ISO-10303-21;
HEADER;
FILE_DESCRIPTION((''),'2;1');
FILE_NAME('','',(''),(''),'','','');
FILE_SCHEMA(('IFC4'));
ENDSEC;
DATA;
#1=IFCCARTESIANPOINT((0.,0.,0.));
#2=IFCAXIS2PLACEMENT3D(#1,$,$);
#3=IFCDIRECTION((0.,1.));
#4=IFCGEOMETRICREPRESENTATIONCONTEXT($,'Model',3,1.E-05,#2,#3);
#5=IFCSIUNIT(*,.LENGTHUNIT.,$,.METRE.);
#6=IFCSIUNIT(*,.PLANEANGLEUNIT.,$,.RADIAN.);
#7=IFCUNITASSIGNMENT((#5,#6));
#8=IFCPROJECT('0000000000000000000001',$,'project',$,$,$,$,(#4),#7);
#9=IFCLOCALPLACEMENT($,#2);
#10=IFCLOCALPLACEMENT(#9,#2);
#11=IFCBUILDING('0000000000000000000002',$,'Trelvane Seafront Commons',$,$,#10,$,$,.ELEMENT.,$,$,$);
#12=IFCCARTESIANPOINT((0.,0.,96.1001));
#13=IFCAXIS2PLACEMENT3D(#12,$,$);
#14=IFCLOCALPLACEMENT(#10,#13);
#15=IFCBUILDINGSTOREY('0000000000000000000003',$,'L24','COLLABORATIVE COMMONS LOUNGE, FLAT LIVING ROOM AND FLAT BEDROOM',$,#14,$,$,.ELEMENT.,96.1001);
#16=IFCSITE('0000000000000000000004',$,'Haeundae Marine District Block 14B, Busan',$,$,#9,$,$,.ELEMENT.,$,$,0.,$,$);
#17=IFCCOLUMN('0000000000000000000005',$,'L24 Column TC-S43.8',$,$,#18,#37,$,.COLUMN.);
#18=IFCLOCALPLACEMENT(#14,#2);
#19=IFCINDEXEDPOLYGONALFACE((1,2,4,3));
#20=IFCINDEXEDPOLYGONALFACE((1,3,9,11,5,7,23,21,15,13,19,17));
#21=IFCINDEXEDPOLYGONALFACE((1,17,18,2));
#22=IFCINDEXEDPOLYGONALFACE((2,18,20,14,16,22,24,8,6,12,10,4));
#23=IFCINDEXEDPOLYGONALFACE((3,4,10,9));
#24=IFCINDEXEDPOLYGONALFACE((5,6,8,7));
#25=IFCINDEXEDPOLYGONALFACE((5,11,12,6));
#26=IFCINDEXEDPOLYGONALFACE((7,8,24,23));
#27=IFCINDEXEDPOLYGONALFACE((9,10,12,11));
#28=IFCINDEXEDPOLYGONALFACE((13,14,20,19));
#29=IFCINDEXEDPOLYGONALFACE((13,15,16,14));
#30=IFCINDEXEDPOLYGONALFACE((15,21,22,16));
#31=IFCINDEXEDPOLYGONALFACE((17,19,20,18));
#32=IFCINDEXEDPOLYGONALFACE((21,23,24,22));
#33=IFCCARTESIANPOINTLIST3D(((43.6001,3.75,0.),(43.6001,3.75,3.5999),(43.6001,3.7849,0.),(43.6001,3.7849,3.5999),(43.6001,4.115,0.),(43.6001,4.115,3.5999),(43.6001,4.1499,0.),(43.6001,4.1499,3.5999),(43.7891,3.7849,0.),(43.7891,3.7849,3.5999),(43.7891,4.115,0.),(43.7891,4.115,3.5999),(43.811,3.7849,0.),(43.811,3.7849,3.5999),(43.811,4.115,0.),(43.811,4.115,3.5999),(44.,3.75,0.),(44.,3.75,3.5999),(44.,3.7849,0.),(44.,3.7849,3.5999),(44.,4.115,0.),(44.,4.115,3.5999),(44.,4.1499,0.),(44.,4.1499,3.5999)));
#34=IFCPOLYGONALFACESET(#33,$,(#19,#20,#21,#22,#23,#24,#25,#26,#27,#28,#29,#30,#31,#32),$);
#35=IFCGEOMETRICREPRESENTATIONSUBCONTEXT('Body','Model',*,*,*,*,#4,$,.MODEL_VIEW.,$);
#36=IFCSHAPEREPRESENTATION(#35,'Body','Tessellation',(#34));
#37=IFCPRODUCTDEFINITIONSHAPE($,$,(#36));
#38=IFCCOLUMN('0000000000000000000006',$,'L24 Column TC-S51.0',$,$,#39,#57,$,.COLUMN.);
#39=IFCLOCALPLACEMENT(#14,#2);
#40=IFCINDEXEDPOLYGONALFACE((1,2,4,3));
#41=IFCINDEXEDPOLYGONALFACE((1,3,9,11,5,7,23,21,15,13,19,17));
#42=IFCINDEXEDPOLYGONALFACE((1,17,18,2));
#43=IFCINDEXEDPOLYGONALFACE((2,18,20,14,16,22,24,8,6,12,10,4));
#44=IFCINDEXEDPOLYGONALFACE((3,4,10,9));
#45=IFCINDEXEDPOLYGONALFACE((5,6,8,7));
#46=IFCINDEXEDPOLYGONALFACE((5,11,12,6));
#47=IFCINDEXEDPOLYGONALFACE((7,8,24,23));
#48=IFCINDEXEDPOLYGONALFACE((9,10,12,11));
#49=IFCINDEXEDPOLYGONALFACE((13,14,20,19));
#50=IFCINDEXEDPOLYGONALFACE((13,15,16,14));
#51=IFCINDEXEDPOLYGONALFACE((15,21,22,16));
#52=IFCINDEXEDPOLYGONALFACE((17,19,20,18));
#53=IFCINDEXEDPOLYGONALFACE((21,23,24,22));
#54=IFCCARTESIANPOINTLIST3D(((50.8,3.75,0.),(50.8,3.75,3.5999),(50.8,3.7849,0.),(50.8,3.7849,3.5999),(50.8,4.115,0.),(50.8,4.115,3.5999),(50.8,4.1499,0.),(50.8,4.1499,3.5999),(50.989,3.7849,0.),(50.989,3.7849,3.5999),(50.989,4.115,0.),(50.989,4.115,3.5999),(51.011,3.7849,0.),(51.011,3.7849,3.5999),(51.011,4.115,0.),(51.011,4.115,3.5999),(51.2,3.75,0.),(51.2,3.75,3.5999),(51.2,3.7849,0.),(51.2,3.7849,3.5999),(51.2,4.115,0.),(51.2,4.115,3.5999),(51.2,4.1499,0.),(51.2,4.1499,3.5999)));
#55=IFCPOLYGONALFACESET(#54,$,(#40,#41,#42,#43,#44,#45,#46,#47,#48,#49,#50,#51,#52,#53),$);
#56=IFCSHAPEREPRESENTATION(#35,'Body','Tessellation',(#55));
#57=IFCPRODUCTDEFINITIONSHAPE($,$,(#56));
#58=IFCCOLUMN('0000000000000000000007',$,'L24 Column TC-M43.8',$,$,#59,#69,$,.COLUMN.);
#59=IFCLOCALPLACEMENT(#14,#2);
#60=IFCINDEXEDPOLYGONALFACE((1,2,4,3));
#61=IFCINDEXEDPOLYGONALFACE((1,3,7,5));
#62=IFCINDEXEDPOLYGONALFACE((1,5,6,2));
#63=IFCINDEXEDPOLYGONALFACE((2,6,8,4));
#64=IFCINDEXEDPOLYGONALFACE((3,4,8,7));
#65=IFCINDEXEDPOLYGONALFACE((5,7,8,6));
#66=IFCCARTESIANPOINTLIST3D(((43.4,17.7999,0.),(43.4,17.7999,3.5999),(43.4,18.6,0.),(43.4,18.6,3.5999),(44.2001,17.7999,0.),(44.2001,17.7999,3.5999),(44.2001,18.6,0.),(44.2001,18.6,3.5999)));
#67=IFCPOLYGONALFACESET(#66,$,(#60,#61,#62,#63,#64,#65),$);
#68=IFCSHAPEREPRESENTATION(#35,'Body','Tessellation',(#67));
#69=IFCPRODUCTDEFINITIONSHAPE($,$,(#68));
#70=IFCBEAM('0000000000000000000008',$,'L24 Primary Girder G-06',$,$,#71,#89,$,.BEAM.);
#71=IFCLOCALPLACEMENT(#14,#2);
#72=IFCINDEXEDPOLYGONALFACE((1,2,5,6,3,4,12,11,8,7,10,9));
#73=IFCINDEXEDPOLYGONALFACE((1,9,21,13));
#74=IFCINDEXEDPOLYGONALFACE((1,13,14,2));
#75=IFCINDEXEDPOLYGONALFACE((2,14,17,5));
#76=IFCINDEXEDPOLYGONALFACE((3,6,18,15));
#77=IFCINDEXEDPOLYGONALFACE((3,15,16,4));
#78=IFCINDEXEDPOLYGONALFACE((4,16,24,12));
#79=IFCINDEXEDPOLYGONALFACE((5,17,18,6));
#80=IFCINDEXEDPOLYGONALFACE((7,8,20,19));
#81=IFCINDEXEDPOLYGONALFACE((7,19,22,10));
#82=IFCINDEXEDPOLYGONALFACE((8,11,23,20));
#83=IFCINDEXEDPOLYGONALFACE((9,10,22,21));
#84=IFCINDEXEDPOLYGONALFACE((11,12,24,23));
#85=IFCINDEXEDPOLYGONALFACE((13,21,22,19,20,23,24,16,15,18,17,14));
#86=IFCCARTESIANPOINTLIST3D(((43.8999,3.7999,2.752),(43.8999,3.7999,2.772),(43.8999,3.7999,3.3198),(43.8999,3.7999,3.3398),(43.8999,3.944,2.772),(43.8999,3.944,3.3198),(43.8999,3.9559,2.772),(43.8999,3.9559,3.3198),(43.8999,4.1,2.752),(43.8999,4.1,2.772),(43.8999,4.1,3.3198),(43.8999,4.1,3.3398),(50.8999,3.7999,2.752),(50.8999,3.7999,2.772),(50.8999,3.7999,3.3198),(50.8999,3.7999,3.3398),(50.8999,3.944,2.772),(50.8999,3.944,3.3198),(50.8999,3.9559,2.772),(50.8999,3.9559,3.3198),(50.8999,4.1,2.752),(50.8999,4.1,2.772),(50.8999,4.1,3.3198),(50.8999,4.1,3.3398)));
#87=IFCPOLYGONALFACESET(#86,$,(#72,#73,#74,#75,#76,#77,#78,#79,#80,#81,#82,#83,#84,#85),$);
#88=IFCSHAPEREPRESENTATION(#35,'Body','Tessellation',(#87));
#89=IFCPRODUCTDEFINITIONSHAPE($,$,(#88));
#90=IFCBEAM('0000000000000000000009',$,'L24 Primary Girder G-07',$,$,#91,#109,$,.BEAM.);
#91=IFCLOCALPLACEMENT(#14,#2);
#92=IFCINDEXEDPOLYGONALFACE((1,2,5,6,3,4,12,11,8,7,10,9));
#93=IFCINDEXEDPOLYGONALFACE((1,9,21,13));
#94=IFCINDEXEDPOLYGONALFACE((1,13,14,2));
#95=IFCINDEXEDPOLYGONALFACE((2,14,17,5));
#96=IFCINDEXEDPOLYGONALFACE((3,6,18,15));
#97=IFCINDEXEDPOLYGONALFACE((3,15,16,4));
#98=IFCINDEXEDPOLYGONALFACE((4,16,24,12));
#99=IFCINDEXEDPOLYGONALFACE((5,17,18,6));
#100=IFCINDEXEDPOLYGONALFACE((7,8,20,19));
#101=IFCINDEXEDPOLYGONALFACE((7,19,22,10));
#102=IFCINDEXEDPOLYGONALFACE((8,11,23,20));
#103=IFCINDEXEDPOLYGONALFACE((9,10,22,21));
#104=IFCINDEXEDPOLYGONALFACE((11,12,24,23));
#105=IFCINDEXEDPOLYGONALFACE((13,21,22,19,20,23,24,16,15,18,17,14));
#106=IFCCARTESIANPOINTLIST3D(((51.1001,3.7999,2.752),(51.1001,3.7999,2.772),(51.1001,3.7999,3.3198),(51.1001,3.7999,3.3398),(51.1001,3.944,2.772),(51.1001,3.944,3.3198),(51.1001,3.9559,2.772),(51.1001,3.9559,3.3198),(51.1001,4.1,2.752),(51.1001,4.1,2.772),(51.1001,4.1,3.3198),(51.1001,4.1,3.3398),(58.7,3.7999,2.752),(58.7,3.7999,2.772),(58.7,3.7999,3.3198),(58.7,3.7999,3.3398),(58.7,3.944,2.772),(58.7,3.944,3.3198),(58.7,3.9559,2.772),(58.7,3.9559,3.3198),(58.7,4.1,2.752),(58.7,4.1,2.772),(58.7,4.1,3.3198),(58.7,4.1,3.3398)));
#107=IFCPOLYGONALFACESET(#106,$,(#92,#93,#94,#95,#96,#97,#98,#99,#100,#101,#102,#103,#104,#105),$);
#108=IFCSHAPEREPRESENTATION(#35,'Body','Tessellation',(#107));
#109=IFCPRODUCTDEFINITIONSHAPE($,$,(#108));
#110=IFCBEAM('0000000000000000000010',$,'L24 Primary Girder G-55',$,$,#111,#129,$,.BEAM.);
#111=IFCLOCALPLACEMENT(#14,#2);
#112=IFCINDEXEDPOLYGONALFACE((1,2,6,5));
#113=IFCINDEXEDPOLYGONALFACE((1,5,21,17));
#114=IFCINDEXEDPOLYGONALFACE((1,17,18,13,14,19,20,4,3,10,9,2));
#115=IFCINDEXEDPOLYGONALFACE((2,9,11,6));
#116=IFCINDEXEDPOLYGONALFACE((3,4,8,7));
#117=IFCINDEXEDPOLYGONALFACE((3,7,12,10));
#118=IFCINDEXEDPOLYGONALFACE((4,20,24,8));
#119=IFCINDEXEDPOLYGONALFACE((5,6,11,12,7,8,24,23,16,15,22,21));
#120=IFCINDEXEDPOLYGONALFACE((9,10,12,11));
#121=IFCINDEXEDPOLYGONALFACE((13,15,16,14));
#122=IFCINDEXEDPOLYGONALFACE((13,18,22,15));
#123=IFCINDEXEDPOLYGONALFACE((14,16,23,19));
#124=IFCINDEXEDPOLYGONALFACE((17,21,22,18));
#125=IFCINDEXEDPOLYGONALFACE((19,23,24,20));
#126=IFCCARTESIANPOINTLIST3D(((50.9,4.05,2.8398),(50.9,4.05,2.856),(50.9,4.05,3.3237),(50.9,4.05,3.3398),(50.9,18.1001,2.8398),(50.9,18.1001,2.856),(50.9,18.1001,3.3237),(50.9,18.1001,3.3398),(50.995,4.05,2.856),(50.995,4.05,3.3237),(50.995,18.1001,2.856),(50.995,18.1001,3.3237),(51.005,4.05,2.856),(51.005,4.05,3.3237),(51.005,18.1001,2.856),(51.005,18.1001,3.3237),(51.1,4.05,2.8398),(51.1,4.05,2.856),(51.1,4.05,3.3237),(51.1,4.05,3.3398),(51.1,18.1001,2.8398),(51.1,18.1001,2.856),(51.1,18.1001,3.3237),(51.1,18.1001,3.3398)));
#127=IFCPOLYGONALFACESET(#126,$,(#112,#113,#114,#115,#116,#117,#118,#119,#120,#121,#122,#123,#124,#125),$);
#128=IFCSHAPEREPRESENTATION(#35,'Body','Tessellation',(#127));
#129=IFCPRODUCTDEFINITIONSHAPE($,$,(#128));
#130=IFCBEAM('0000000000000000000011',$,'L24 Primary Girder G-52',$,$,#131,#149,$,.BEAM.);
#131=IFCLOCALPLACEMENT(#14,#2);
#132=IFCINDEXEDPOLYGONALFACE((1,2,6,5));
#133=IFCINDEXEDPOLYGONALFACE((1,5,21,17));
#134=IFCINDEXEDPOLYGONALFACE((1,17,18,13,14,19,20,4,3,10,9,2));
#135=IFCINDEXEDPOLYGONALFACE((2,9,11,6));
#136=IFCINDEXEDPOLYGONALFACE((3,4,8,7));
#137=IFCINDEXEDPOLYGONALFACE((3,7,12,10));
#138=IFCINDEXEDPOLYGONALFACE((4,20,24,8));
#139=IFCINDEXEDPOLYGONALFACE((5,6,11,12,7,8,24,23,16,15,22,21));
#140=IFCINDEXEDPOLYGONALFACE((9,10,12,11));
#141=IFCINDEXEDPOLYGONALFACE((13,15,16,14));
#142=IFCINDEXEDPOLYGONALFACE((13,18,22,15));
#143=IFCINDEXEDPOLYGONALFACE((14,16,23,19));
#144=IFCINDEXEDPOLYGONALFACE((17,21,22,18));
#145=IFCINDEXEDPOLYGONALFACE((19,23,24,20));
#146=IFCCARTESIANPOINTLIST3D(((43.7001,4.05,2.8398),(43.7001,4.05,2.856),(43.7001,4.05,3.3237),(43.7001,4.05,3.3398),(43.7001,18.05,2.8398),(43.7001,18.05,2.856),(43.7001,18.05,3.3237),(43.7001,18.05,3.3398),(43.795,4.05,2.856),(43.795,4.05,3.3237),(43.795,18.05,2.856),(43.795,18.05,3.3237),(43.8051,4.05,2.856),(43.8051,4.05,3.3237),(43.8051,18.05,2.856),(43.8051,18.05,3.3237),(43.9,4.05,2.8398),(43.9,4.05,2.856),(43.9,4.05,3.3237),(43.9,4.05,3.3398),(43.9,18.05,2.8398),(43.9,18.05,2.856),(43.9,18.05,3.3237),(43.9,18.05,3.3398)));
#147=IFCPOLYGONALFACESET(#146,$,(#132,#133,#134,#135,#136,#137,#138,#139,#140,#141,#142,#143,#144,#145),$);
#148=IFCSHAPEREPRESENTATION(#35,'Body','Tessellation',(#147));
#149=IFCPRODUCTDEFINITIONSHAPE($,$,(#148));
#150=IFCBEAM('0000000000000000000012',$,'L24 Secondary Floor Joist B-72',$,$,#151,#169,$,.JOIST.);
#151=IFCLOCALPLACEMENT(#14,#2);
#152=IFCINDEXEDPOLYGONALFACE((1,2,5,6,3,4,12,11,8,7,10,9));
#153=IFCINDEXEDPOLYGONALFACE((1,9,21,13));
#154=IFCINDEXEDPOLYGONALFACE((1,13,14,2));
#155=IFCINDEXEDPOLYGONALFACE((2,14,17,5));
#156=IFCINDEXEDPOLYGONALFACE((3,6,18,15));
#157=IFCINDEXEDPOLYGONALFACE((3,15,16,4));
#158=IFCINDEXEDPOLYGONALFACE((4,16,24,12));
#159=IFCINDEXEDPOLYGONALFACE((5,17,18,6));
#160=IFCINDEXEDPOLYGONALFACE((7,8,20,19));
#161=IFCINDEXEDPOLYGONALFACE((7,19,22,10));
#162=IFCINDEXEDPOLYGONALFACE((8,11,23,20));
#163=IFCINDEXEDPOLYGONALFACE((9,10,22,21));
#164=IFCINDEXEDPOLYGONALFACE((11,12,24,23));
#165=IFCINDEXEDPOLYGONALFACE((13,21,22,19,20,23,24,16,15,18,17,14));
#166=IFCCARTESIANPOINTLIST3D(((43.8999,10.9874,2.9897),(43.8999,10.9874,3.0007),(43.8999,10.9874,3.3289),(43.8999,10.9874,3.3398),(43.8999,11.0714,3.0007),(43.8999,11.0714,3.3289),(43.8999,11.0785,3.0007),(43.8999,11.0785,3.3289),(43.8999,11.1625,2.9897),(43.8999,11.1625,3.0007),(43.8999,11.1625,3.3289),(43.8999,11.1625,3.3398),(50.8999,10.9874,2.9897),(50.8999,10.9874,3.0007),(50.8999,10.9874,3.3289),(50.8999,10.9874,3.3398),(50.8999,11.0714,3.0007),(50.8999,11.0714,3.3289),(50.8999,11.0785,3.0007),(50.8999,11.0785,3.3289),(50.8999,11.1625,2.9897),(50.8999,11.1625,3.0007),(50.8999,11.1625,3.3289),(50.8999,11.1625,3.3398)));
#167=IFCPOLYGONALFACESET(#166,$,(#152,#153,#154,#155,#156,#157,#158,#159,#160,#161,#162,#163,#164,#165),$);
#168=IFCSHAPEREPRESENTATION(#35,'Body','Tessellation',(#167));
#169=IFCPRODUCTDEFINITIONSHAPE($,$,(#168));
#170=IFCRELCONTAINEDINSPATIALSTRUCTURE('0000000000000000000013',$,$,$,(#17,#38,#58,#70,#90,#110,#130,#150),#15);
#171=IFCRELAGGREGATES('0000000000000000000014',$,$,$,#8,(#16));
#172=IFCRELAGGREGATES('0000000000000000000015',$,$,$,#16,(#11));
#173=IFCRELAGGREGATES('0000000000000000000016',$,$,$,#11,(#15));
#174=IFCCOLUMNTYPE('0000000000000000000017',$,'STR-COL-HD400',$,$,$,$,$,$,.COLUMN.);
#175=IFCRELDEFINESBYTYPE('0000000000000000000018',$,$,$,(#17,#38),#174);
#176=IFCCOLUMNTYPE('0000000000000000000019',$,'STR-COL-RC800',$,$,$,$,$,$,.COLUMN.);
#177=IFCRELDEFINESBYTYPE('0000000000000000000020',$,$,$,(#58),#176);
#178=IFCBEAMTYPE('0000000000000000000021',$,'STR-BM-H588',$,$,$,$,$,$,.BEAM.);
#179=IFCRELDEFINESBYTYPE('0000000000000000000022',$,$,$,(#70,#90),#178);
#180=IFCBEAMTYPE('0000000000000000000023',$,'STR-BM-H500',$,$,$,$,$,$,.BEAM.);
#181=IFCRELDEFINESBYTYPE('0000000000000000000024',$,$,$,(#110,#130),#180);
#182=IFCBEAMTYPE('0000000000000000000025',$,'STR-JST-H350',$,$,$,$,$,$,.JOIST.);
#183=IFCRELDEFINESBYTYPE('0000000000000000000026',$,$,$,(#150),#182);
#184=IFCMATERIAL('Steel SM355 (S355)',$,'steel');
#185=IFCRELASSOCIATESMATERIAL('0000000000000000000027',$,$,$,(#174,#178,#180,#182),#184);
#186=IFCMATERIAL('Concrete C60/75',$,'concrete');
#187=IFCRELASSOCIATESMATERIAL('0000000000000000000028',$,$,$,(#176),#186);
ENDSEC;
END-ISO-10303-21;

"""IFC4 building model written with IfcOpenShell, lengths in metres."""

from ifc_helpers import new_model, si_unit, direction, frame, origin, origin_2d, place, context, subcontext, project, spatial, rectangle, i_section, extrude, source, transform, mapped, material, material_profile, profile_set, type_object, element, save


model = new_model("IFC4")

# Units and contexts
model_context = context("Model", 3, precision=1e-05, world=origin(), true_north=direction((0.0, 1.0)))
body_context = subcontext(model_context, "Body", "Model", "MODEL_VIEW")
ifc_project = project(units=[si_unit("LENGTHUNIT", "METRE"), si_unit("PLANEANGLEUNIT", "RADIAN")], contexts=[model_context])

# Site, building, storey
site_placement = place(None, origin())
site = spatial("IfcSite", under=ifc_project, at=site_placement, Name="Haeundae Marine District Block 14B, Busan", CompositionType="ELEMENT", RefElevation=0.0)
building_placement = place(site_placement, origin())
building = spatial("IfcBuilding", under=site, at=building_placement, Name="Trelvane Seafront Commons", CompositionType="ELEMENT")
storey_placement = place(building_placement, frame((0.0, 0.0, 96.1001)))
storey = spatial("IfcBuildingStorey", under=building, at=storey_placement, Name="L24", Description="COLLABORATIVE COMMONS LOUNGE, FLAT LIVING ROOM AND FLAT BEDROOM", CompositionType="ELEMENT", Elevation=96.1001)

# Columns
ifc_material_1 = material(Name="Steel SM355 (S355)", Category="steel")
ifc_material_profile_1 = material_profile(ifc_material_1, i_section(OverallWidth=0.3999, OverallDepth=0.3999, WebThickness=0.022, FlangeThickness=0.0349, at=origin_2d()), Name="HD-400x400x22x35")
ifc_profile_set_1 = profile_set([ifc_material_profile_1], Name="Steel SM355 (S355)")
column_type_1 = type_object("IfcColumnType", Name="STR-COL-HD400", PredefinedType="COLUMN", material=ifc_profile_set_1)
shared_shape_1 = source(origin(), body_context, "Body", "SweptSolid", [
    extrude(i_section(OverallWidth=0.3999, OverallDepth=0.3999, WebThickness=0.022, FlangeThickness=0.0349, at=origin_2d()), origin(), (0.0, 0.0, 1.0), 3.5999),
])
for number, where, z_axis, x_axis, name in (
    (1, (43.8, 3.95, 0.0), (0.0, 0.0, 1.0), (1.0, 0.0, 0.0), "L24 Column TC-S43.8"),
    (2, (51.0, 3.95, 0.0), (0.0, 0.0, 1.0), (1.0, 0.0, 0.0), "L24 Column TC-S51.0"),
):
    element("IfcColumn", number, at=place(storey_placement, frame(where, z_axis=z_axis, x_axis=x_axis)), inside=storey, type_object=column_type_1, Name=name, PredefinedType="COLUMN", context=body_context, shape_type="MappedRepresentation", body=[
        mapped(shared_shape_1, transform((0.0, 0.0, 0.0), x_axis=(1.0, 0.0, 0.0), y_axis=(0.0, 1.0, 0.0), z_axis=(0.0, 0.0, 1.0), scale=1.0)),
    ])
ifc_material_2 = material(Name="Concrete C60/75", Category="concrete")
ifc_material_profile_2 = material_profile(ifc_material_2, rectangle(XDim=0.8, YDim=0.8, at=origin_2d()), Name="RC-800x800")
ifc_profile_set_2 = profile_set([ifc_material_profile_2], Name="Concrete C60/75")
column_type_2 = type_object("IfcColumnType", Name="STR-COL-RC800", PredefinedType="COLUMN", material=ifc_profile_set_2)
shared_shape_2 = source(origin(), body_context, "Body", "SweptSolid", [
    extrude(rectangle(XDim=0.8, YDim=0.8, at=origin_2d()), origin(), (0.0, 0.0, 1.0), 3.5999),
])
column_placement = place(storey_placement, frame((43.8, 18.2, 0.0), z_axis=(0.0, 0.0, 1.0), x_axis=(1.0, 0.0, 0.0)))
element("IfcColumn", 3, at=column_placement, inside=storey, type_object=column_type_2, Name="L24 Column TC-M43.8", PredefinedType="COLUMN", context=body_context, shape_type="MappedRepresentation", body=[
    mapped(shared_shape_2, transform((0.0, 0.0, 0.0), x_axis=(1.0, 0.0, 0.0), y_axis=(0.0, 1.0, 0.0), z_axis=(0.0, 0.0, 1.0), scale=1.0)),
])

# Beams
ifc_material_profile_3 = material_profile(ifc_material_1, i_section(OverallWidth=0.3, OverallDepth=0.5879, WebThickness=0.012, FlangeThickness=0.02, at=origin_2d()), Name="H-588x300x12x20")
ifc_profile_set_3 = profile_set([ifc_material_profile_3], Name="Steel SM355 (S355)")
beam_type_1 = type_object("IfcBeamType", Name="STR-BM-H588", PredefinedType="BEAM", material=ifc_profile_set_3)
shared_shape_3 = source(origin(), body_context, "Body", "SweptSolid", [
    extrude(i_section(OverallWidth=0.3, OverallDepth=0.5879, WebThickness=0.012, FlangeThickness=0.02, at=origin_2d()), origin(), (0.0, 0.0, 1.0), 7.0),
])
beam_1_placement = place(storey_placement, frame((43.8999, 3.95, 3.0459), z_axis=(1.0, 0.0, 0.0), x_axis=(0.0, 1.0, 0.0)))
element("IfcBeam", 4, at=beam_1_placement, inside=storey, type_object=beam_type_1, Name="L24 Primary Girder G-06", PredefinedType="BEAM", context=body_context, shape_type="MappedRepresentation", body=[
    mapped(shared_shape_3, transform((0.0, 0.0, 0.0), x_axis=(1.0, 0.0, 0.0), y_axis=(0.0, 1.0, 0.0), z_axis=(0.0, 0.0, 1.0), scale=1.0)),
])
shared_shape_4 = source(origin(), body_context, "Body", "SweptSolid", [
    extrude(i_section(OverallWidth=0.3, OverallDepth=0.5879, WebThickness=0.012, FlangeThickness=0.02, at=origin_2d()), origin(), (0.0, 0.0, 1.0), 7.5999),
])
beam_2_placement = place(storey_placement, frame((51.1001, 3.95, 3.0459), z_axis=(1.0, 0.0, 0.0), x_axis=(0.0, 1.0, 0.0)))
element("IfcBeam", 5, at=beam_2_placement, inside=storey, type_object=beam_type_1, Name="L24 Primary Girder G-07", PredefinedType="BEAM", context=body_context, shape_type="MappedRepresentation", body=[
    mapped(shared_shape_4, transform((0.0, 0.0, 0.0), x_axis=(1.0, 0.0, 0.0), y_axis=(0.0, 1.0, 0.0), z_axis=(0.0, 0.0, 1.0), scale=1.0)),
])
ifc_material_profile_4 = material_profile(ifc_material_1, i_section(OverallWidth=0.2, OverallDepth=0.5, WebThickness=0.01, FlangeThickness=0.0161, at=origin_2d()), Name="H-500x200x10x16")
ifc_profile_set_4 = profile_set([ifc_material_profile_4], Name="Steel SM355 (S355)")
beam_type_2 = type_object("IfcBeamType", Name="STR-BM-H500", PredefinedType="BEAM", material=ifc_profile_set_4)
shared_shape_5 = source(origin(), body_context, "Body", "SweptSolid", [
    extrude(i_section(OverallWidth=0.2, OverallDepth=0.5, WebThickness=0.01, FlangeThickness=0.0161, at=origin_2d()), origin(), (0.0, 0.0, 1.0), 14.05),
])
beam_3_placement = place(storey_placement, frame((51.0, 4.05, 3.0898), z_axis=(0.0, 1.0, 0.0), x_axis=(-1.0, 0.0, 0.0)))
element("IfcBeam", 6, at=beam_3_placement, inside=storey, type_object=beam_type_2, Name="L24 Primary Girder G-55", PredefinedType="BEAM", context=body_context, shape_type="MappedRepresentation", body=[
    mapped(shared_shape_5, transform((0.0, 0.0, 0.0), x_axis=(1.0, 0.0, 0.0), y_axis=(0.0, 1.0, 0.0), z_axis=(0.0, 0.0, 1.0), scale=1.0)),
])
shared_shape_6 = source(origin(), body_context, "Body", "SweptSolid", [
    extrude(i_section(OverallWidth=0.2, OverallDepth=0.5, WebThickness=0.01, FlangeThickness=0.0161, at=origin_2d()), origin(), (0.0, 0.0, 1.0), 14.0),
])
beam_4_placement = place(storey_placement, frame((43.8, 4.05, 3.0898), z_axis=(0.0, 1.0, 0.0), x_axis=(-1.0, 0.0, 0.0)))
element("IfcBeam", 7, at=beam_4_placement, inside=storey, type_object=beam_type_2, Name="L24 Primary Girder G-52", PredefinedType="BEAM", context=body_context, shape_type="MappedRepresentation", body=[
    mapped(shared_shape_6, transform((0.0, 0.0, 0.0), x_axis=(1.0, 0.0, 0.0), y_axis=(0.0, 1.0, 0.0), z_axis=(0.0, 0.0, 1.0), scale=1.0)),
])
ifc_material_profile_5 = material_profile(ifc_material_1, i_section(OverallWidth=0.175, OverallDepth=0.3501, WebThickness=0.0071, FlangeThickness=0.011, at=origin_2d()), Name="H-350x175x7x11")
ifc_profile_set_5 = profile_set([ifc_material_profile_5], Name="Steel SM355 (S355)")
beam_type_3 = type_object("IfcBeamType", Name="STR-JST-H350", PredefinedType="JOIST", material=ifc_profile_set_5)
shared_shape_7 = source(origin(), body_context, "Body", "SweptSolid", [
    extrude(i_section(OverallWidth=0.175, OverallDepth=0.3501, WebThickness=0.0071, FlangeThickness=0.011, at=origin_2d()), origin(), (0.0, 0.0, 1.0), 7.0),
])
beam_5_placement = place(storey_placement, frame((43.8999, 11.075, 3.1648), z_axis=(1.0, 0.0, 0.0), x_axis=(0.0, 1.0, 0.0)))
element("IfcBeam", 8, at=beam_5_placement, inside=storey, type_object=beam_type_3, Name="L24 Secondary Floor Joist B-72", PredefinedType="JOIST", context=body_context, shape_type="MappedRepresentation", body=[
    mapped(shared_shape_7, transform((0.0, 0.0, 0.0), x_axis=(1.0, 0.0, 0.0), y_axis=(0.0, 1.0, 0.0), z_axis=(0.0, 0.0, 1.0), scale=1.0)),
])

save(model, "model.ifc")
